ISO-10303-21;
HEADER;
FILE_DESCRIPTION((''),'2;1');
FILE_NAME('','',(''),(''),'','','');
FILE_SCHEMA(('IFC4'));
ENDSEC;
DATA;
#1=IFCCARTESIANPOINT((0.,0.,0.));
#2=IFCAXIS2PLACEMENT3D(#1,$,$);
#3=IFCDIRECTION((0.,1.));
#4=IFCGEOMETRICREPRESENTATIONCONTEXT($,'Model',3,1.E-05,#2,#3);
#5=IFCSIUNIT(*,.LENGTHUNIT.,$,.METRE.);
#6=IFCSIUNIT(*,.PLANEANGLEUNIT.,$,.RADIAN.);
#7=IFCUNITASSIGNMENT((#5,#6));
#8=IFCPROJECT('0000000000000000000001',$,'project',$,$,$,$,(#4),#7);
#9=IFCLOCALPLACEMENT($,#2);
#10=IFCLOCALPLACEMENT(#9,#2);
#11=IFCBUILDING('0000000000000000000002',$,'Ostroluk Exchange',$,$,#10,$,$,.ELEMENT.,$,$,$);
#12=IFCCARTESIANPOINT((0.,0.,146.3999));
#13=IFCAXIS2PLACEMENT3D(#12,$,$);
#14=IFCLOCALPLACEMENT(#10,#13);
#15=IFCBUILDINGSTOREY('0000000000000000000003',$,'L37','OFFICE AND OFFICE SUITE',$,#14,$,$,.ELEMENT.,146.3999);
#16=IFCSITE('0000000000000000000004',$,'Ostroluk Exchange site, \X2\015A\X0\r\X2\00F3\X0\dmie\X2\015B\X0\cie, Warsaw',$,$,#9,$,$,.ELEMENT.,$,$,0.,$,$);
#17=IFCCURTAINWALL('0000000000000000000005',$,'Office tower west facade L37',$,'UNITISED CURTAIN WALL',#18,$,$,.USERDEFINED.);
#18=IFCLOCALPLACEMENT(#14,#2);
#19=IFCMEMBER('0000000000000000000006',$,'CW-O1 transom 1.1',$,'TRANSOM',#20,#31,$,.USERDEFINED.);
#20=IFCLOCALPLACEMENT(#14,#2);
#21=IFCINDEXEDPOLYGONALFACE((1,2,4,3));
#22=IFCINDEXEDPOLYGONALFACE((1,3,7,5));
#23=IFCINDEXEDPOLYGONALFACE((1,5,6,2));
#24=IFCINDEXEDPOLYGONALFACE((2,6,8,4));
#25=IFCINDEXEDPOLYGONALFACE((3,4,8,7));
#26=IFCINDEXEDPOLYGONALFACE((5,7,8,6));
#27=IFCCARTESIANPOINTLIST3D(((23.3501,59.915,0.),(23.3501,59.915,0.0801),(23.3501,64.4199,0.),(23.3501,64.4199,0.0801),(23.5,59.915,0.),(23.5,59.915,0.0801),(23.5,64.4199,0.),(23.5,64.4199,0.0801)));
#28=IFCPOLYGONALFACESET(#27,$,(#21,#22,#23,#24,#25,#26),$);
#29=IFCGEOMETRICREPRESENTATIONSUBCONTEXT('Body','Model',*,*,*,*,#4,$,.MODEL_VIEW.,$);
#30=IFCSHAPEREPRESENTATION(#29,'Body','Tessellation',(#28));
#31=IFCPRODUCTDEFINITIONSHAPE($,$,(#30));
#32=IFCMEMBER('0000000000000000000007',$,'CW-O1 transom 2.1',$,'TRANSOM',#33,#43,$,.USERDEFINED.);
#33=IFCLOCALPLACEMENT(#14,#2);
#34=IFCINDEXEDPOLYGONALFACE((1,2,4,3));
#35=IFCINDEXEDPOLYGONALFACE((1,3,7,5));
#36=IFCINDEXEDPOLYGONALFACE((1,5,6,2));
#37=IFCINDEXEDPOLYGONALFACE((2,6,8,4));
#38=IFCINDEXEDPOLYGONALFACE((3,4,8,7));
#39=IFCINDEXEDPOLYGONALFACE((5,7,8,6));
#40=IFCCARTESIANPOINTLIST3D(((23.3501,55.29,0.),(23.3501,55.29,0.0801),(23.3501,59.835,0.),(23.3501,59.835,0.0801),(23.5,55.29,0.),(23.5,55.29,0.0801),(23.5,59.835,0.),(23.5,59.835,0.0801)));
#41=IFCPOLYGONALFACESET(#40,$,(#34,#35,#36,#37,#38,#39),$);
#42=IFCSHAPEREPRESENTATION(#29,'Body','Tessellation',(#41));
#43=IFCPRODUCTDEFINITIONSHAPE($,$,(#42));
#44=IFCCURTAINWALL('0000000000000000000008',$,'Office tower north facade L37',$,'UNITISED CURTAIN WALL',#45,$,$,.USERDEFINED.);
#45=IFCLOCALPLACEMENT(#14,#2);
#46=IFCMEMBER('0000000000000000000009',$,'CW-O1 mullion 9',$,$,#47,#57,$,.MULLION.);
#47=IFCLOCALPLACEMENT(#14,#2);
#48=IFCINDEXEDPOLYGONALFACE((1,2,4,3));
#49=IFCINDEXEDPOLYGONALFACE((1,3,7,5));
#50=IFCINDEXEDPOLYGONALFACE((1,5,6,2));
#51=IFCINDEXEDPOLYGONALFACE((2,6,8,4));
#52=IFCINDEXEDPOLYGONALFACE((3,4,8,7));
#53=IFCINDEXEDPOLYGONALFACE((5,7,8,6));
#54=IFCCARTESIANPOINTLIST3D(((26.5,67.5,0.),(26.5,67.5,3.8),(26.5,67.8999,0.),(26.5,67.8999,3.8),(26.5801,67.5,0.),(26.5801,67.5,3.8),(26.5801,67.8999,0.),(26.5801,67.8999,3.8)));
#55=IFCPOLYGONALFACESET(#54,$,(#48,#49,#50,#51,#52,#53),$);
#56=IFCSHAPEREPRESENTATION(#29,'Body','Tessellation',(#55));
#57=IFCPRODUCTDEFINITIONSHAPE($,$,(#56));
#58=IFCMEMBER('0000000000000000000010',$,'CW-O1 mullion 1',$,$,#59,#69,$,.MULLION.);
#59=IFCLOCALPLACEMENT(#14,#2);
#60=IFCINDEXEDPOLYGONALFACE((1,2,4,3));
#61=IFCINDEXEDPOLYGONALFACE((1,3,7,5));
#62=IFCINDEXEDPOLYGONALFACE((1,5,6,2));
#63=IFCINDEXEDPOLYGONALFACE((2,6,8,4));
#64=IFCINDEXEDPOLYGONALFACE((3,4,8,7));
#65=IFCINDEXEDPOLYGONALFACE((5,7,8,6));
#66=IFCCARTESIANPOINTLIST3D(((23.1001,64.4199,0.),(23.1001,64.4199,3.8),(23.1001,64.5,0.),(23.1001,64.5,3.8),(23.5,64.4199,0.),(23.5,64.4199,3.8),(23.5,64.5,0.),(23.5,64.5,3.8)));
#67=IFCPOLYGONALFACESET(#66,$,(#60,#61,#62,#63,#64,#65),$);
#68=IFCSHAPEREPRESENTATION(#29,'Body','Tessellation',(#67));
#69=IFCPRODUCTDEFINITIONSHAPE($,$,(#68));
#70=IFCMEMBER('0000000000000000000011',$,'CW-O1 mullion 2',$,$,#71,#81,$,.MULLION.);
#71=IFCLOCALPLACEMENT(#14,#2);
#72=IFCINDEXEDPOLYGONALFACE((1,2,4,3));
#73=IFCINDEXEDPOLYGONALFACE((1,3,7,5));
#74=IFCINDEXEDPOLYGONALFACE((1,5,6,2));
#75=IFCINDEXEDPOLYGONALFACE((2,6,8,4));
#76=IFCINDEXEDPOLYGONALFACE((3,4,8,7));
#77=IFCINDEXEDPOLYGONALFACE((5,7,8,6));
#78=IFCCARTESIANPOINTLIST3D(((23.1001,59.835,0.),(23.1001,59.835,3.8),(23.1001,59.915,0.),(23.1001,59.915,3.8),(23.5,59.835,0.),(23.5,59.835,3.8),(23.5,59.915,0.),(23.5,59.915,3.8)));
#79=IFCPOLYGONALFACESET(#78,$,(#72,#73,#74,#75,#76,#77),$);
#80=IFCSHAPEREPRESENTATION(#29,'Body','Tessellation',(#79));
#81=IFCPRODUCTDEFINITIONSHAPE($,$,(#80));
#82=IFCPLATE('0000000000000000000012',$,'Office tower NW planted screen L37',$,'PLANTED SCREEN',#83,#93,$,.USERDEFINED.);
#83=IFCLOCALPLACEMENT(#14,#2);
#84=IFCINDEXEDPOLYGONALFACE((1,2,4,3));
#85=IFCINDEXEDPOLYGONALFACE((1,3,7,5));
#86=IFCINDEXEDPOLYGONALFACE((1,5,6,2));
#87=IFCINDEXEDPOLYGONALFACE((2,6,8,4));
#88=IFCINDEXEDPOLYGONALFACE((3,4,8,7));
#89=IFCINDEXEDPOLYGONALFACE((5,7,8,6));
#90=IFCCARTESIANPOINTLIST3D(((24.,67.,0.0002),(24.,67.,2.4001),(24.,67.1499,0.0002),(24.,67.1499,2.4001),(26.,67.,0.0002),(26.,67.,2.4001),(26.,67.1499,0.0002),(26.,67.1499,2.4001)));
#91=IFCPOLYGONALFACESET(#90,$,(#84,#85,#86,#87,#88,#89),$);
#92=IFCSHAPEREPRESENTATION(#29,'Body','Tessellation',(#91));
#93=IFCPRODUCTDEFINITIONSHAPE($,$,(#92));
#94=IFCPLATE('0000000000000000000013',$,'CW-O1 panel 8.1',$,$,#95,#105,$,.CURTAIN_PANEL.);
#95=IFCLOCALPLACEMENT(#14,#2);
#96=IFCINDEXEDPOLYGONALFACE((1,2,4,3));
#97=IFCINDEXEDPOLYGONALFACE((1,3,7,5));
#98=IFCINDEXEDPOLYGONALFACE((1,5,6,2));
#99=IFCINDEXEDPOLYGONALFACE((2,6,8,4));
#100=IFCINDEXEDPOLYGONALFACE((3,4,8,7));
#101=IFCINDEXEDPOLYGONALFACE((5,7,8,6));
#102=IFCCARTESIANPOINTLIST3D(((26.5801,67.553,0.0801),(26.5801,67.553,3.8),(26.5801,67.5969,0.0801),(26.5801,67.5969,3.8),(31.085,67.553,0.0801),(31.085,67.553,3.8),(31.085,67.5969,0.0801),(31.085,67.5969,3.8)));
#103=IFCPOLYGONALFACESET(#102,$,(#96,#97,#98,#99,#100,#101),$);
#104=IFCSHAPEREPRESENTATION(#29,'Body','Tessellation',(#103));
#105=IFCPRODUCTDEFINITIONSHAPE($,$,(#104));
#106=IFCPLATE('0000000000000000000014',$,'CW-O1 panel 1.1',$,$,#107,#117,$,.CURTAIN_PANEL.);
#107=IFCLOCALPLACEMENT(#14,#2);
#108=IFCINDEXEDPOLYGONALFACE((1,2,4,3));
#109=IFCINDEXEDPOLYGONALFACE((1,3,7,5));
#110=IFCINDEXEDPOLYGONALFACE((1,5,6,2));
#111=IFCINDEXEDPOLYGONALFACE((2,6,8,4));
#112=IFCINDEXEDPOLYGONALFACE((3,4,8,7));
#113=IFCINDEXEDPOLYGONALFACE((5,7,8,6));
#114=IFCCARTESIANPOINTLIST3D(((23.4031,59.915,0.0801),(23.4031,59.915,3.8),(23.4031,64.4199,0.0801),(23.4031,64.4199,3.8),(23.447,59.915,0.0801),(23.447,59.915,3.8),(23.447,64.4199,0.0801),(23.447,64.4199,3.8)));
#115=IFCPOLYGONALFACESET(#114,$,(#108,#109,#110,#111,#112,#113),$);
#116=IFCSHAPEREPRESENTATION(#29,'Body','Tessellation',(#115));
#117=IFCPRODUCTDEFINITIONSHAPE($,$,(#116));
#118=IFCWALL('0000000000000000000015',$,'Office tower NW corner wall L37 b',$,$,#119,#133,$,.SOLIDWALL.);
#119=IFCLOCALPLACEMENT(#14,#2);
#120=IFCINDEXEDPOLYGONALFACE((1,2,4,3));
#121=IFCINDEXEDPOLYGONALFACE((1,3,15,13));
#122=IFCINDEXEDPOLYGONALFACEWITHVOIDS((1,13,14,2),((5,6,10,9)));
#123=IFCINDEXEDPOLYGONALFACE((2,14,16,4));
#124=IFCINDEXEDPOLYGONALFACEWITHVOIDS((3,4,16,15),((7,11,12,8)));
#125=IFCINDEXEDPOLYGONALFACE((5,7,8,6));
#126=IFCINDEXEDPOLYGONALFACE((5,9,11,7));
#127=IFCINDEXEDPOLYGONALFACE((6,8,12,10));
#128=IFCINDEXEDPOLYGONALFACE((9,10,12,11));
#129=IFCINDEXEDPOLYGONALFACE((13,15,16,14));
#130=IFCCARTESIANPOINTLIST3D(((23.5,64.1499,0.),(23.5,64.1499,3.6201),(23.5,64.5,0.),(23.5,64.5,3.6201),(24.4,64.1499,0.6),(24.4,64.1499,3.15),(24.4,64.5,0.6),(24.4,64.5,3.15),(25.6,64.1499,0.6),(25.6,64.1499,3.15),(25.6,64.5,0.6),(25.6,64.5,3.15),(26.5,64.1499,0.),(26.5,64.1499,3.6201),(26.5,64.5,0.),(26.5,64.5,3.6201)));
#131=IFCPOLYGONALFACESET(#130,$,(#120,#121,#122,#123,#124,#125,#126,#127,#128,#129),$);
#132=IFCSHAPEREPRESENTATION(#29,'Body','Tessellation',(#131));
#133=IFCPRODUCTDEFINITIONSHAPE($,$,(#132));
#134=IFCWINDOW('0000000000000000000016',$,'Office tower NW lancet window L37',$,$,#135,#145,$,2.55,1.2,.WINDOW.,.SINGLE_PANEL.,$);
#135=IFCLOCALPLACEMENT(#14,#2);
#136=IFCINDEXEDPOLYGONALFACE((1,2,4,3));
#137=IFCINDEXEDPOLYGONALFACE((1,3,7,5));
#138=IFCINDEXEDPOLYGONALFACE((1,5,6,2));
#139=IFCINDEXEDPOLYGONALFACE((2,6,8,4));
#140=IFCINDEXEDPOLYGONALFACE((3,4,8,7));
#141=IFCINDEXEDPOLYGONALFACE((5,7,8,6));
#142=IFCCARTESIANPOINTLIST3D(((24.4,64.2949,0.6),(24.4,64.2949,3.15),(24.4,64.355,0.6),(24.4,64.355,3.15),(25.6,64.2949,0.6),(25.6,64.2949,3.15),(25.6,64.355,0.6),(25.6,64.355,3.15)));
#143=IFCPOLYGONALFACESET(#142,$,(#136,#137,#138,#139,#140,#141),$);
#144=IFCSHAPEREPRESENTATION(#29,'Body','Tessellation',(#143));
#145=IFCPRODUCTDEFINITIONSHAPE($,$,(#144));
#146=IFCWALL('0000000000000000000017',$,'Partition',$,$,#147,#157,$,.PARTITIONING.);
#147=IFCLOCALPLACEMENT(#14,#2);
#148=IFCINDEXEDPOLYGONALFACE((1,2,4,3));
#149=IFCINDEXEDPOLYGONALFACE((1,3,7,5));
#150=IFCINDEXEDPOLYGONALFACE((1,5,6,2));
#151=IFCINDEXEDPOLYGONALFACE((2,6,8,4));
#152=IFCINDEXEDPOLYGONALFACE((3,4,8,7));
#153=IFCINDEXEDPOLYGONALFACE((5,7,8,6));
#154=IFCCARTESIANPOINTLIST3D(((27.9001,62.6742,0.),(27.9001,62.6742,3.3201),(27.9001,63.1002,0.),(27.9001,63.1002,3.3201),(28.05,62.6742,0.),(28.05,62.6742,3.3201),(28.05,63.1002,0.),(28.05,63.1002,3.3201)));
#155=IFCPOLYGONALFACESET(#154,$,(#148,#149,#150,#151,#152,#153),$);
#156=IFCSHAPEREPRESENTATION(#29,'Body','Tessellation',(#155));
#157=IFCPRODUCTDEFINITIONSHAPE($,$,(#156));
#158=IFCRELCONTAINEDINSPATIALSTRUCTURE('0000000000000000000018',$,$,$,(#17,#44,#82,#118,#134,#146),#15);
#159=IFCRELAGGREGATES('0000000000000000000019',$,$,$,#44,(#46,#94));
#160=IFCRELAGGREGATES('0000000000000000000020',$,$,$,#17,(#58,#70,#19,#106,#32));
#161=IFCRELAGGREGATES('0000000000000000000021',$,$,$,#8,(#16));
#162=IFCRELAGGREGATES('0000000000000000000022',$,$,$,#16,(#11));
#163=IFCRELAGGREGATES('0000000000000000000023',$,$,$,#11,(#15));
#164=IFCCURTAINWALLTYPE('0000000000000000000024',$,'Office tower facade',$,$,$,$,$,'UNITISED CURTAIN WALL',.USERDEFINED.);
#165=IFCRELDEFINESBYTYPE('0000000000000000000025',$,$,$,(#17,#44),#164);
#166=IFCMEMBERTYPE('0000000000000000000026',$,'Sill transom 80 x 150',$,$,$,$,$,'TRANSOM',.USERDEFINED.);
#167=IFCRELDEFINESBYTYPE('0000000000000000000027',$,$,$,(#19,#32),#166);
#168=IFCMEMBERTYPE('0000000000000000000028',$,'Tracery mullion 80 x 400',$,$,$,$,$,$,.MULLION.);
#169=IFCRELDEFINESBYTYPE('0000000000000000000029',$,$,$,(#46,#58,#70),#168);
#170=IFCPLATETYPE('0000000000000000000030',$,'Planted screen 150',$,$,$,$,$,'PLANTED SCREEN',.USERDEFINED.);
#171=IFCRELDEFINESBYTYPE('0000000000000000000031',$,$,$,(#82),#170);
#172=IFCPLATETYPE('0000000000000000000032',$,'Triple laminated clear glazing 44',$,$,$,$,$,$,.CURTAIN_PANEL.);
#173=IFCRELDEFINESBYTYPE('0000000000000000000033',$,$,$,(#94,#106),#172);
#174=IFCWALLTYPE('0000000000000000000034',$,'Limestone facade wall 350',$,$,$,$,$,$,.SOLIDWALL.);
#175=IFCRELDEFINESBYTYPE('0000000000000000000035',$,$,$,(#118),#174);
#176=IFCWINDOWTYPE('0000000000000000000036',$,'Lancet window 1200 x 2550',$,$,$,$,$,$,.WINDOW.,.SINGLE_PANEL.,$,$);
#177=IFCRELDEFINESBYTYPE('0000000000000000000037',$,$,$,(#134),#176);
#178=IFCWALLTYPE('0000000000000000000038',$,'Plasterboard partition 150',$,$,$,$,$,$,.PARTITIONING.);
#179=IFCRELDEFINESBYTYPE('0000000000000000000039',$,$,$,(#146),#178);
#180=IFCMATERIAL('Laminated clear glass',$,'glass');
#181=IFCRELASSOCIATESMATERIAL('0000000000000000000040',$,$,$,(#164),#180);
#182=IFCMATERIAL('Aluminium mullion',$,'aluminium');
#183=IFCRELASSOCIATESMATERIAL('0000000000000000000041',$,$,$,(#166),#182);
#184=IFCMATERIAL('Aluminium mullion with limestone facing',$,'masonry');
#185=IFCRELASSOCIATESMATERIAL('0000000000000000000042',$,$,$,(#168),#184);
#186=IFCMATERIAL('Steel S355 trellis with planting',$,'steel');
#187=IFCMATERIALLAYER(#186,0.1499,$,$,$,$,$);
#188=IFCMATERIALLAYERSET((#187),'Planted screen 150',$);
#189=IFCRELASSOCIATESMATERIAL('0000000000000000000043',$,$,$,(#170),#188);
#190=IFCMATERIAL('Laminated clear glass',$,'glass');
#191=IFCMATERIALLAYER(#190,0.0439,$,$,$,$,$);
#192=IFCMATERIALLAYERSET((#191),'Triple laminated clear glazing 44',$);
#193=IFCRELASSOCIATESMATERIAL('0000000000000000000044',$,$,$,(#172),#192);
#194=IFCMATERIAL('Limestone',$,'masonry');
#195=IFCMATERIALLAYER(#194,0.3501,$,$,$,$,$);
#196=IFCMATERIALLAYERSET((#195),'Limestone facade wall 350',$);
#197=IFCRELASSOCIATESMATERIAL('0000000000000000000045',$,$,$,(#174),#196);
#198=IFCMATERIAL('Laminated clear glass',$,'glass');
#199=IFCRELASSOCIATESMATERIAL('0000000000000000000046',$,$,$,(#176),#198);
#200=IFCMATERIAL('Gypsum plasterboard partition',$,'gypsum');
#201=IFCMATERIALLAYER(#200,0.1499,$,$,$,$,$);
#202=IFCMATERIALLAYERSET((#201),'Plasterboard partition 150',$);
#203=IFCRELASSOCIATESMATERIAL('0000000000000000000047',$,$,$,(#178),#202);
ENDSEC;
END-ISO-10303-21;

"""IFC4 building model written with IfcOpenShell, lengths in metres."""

from ifc_helpers import new_model, si_unit, direction, frame, frame_2d, origin, origin_2d, place, context, subcontext, project, spatial, rectangle, extrude, material, layer, layer_set, material_profile, profile_set, type_object, element, fill, aggregate, save


model = new_model("IFC4")

# Units and contexts
model_context = context("Model", 3, precision=1e-05, world=origin(), true_north=direction((0.0, 1.0)))
body_context = subcontext(model_context, "Body", "Model", "MODEL_VIEW")
ifc_project = project(units=[si_unit("LENGTHUNIT", "METRE"), si_unit("PLANEANGLEUNIT", "RADIAN")], contexts=[model_context])

# Site, building, storey
site_placement = place(None, origin())
site = spatial("IfcSite", under=ifc_project, at=site_placement, Name="Ostroluk Exchange site, Śródmieście, Warsaw", CompositionType="ELEMENT", RefElevation=0.0)
building_placement = place(site_placement, origin())
building = spatial("IfcBuilding", under=site, at=building_placement, Name="Ostroluk Exchange", CompositionType="ELEMENT")
storey_placement = place(building_placement, frame((0.0, 0.0, 146.3999)))
storey = spatial("IfcBuildingStorey", under=building, at=storey_placement, Name="L37", Description="OFFICE AND OFFICE SUITE", CompositionType="ELEMENT", Elevation=146.3999)

# Curtain wall, members
ifc_material_1 = material(Name="Laminated clear glass", Category="glass")
curtain_wall_type = type_object("IfcCurtainWallType", Name="Office tower facade", ElementType="UNITISED CURTAIN WALL", PredefinedType="USERDEFINED", material=ifc_material_1)
curtain_wall_1_placement = place(storey_placement, origin())
curtain_wall_1 = element("IfcCurtainWall", 1, at=curtain_wall_1_placement, inside=storey, type_object=curtain_wall_type, Name="Office tower west facade L37", ObjectType="UNITISED CURTAIN WALL", PredefinedType="USERDEFINED")
ifc_material_2 = material(Name="Aluminium mullion", Category="aluminium")
ifc_material_profile_1 = material_profile(ifc_material_2, rectangle(XDim=0.1499, YDim=0.0801, at=origin_2d()), Name="Sill transom 80 x 150")
ifc_profile_set_1 = profile_set([ifc_material_profile_1], Name="Aluminium mullion")
member_type_1 = type_object("IfcMemberType", Name="Sill transom 80 x 150", ElementType="TRANSOM", PredefinedType="USERDEFINED", material=ifc_profile_set_1)
member_1_placement = place(storey_placement, frame((23.425, 64.4199, 0.04), z_axis=(0.0, -1.0, 0.0), x_axis=(1.0, 0.0, 0.0)))
member_1 = element("IfcMember", 2, at=member_1_placement, type_object=member_type_1, Name="CW-O1 transom 1.1", ObjectType="TRANSOM", PredefinedType="USERDEFINED", context=body_context, shape_type="SweptSolid", body=[
    extrude(rectangle(XDim=0.1499, YDim=0.0801, at=origin_2d()), origin(), (0.0, 0.0, 1.0), 4.5049),
])
member_2_placement = place(storey_placement, frame((23.425, 59.835, 0.04), z_axis=(0.0, -1.0, 0.0), x_axis=(1.0, 0.0, 0.0)))
member_2 = element("IfcMember", 3, at=member_2_placement, type_object=member_type_1, Name="CW-O1 transom 2.1", ObjectType="TRANSOM", PredefinedType="USERDEFINED", context=body_context, shape_type="SweptSolid", body=[
    extrude(rectangle(XDim=0.1499, YDim=0.0801, at=origin_2d()), origin(), (0.0, 0.0, 1.0), 4.5449),
])

# Curtain wall, member
curtain_wall_2_placement = place(storey_placement, origin())
curtain_wall_2 = element("IfcCurtainWall", 4, at=curtain_wall_2_placement, inside=storey, type_object=curtain_wall_type, Name="Office tower north facade L37", ObjectType="UNITISED CURTAIN WALL", PredefinedType="USERDEFINED")
ifc_material_3 = material(Name="Aluminium mullion with limestone facing", Category="masonry")
ifc_material_profile_2 = material_profile(ifc_material_3, rectangle(XDim=0.3999, YDim=0.0801, at=origin_2d()), Name="Tracery mullion 80 x 400")
ifc_profile_set_2 = profile_set([ifc_material_profile_2], Name="Aluminium mullion with limestone facing")
member_type_2 = type_object("IfcMemberType", Name="Tracery mullion 80 x 400", PredefinedType="MULLION", material=ifc_profile_set_2)
member_3_placement = place(storey_placement, frame((26.54, 67.7, 0.0), z_axis=(0.0, 0.0, 1.0), x_axis=(0.0, -1.0, 0.0)))
member_3 = element("IfcMember", 5, at=member_3_placement, type_object=member_type_2, Name="CW-O1 mullion 9", PredefinedType="MULLION", context=body_context, shape_type="SweptSolid", body=[
    extrude(rectangle(XDim=0.3999, YDim=0.0801, at=origin_2d()), origin(), (0.0, 0.0, 1.0), 3.8),
])

# Members
member_4_placement = place(storey_placement, frame((23.3, 64.46, 0.0), z_axis=(0.0, 0.0, 1.0), x_axis=(1.0, 0.0, 0.0)))
member_4 = element("IfcMember", 6, at=member_4_placement, type_object=member_type_2, Name="CW-O1 mullion 1", PredefinedType="MULLION", context=body_context, shape_type="SweptSolid", body=[
    extrude(rectangle(XDim=0.3999, YDim=0.0801, at=origin_2d()), origin(), (0.0, 0.0, 1.0), 3.8),
])
member_5_placement = place(storey_placement, frame((23.3, 59.875, 0.0), z_axis=(0.0, 0.0, 1.0), x_axis=(1.0, 0.0, 0.0)))
member_5 = element("IfcMember", 7, at=member_5_placement, type_object=member_type_2, Name="CW-O1 mullion 2", PredefinedType="MULLION", context=body_context, shape_type="SweptSolid", body=[
    extrude(rectangle(XDim=0.3999, YDim=0.0801, at=origin_2d()), origin(), (0.0, 0.0, 1.0), 3.8),
])

# Plates
ifc_material_4 = material(Name="Steel S355 trellis with planting", Category="steel")
ifc_layer_1 = layer(ifc_material_4, 0.1499)
ifc_layer_set_1 = layer_set([ifc_layer_1], Name="Planted screen 150")
plate_type_1 = type_object("IfcPlateType", Name="Planted screen 150", ElementType="PLANTED SCREEN", PredefinedType="USERDEFINED", material=ifc_layer_set_1)
plate_1_placement = place(storey_placement, frame((25.0, 67.075, 0.0002), z_axis=(0.0, 0.0, 1.0), x_axis=(1.0, 0.0, 0.0)))
element("IfcPlate", 8, at=plate_1_placement, inside=storey, type_object=plate_type_1, Name="Office tower NW planted screen L37", ObjectType="PLANTED SCREEN", PredefinedType="USERDEFINED", context=body_context, shape_type="SweptSolid", body=[
    extrude(rectangle(XDim=2.0, YDim=0.1499, at=origin_2d()), origin(), (0.0, 0.0, 1.0), 2.3999),
])
ifc_material_5 = material(Name="Laminated clear glass", Category="glass")
ifc_layer_2 = layer(ifc_material_5, 0.0439)
ifc_layer_set_2 = layer_set([ifc_layer_2], Name="Triple laminated clear glazing 44")
plate_type_2 = type_object("IfcPlateType", Name="Triple laminated clear glazing 44", PredefinedType="CURTAIN_PANEL", material=ifc_layer_set_2)
plate_2_placement = place(storey_placement, frame((28.8325, 67.575, 0.0801), z_axis=(0.0, 0.0, 1.0), x_axis=(-1.0, 0.0, 0.0)))
plate_2 = element("IfcPlate", 9, at=plate_2_placement, type_object=plate_type_2, Name="CW-O1 panel 8.1", PredefinedType="CURTAIN_PANEL", context=body_context, shape_type="SweptSolid", body=[
    extrude(rectangle(XDim=4.5049, YDim=0.0439, at=origin_2d()), origin(), (0.0, 0.0, 1.0), 3.72),
])
aggregate(curtain_wall_2, [member_3, plate_2])
plate_3_placement = place(storey_placement, frame((23.425, 62.1675, 0.0801), z_axis=(0.0, 0.0, 1.0), x_axis=(0.0, -1.0, 0.0)))
plate_3 = element("IfcPlate", 10, at=plate_3_placement, type_object=plate_type_2, Name="CW-O1 panel 1.1", PredefinedType="CURTAIN_PANEL", context=body_context, shape_type="SweptSolid", body=[
    extrude(rectangle(XDim=4.5049, YDim=0.0439, at=origin_2d()), origin(), (0.0, 0.0, 1.0), 3.72),
])
aggregate(curtain_wall_1, [member_4, member_5, member_1, plate_3, member_2])

# Shared definitions
ifc_material_6 = material(Name="Limestone", Category="masonry")
ifc_layer_3 = layer(ifc_material_6, 0.3501)
ifc_layer_set_3 = layer_set([ifc_layer_3], Name="Limestone facade wall 350")
wall_type_1 = type_object("IfcWallType", Name="Limestone facade wall 350", PredefinedType="SOLIDWALL", material=ifc_layer_set_3)

# Wall, opening, window
wall_1_placement = place(storey_placement, frame((26.5, 64.325, 0.0), z_axis=(0.0, 0.0, 1.0), x_axis=(-1.0, 0.0, 0.0)))
wall_1 = element("IfcWall", 11, at=wall_1_placement, inside=storey, type_object=wall_type_1, Name="Office tower NW corner wall L37 b", PredefinedType="SOLIDWALL", context=body_context, shape_type="SweptSolid", body=[
    extrude(rectangle(XDim=3.0, YDim=0.3501, at=frame_2d((1.5, 0.0))), origin(), (0.0, 0.0, 1.0), 3.6201),
])
opening_1_placement = place(wall_1_placement, frame((0.8999, 0.0, 0.6001)))
opening_1 = element("IfcOpeningElement", 12, at=opening_1_placement, cuts=wall_1, PredefinedType="OPENING", context=body_context, shape_type="SweptSolid", body=[
    extrude(rectangle(XDim=1.2, YDim=2.55, at=frame_2d((0.6001, 1.2749))), frame((0.0, 0.1851, 0.0), z_axis=(0.0, -1.0, 0.0), x_axis=(1.0, 0.0, 0.0)), (0.0, 0.0, 1.0), 0.3701),
])
ifc_material_7 = material(Name="Laminated clear glass", Category="glass")
window_type = type_object("IfcWindowType", Name="Lancet window 1200 x 2550", PartitioningType="SINGLE_PANEL", PredefinedType="WINDOW", material=ifc_material_7)
window_placement = place(opening_1_placement, origin())
window = element("IfcWindow", 13, at=window_placement, inside=storey, type_object=window_type, Name="Office tower NW lancet window L37", OverallHeight=2.55, OverallWidth=1.2, PartitioningType="SINGLE_PANEL", PredefinedType="WINDOW", context=body_context, shape_type="SweptSolid", body=[
    extrude(rectangle(XDim=1.2, YDim=2.55, at=frame_2d((0.6001, 1.2749))), frame((0.0, 0.03, 0.0), z_axis=(0.0, -1.0, 0.0), x_axis=(1.0, 0.0, 0.0)), (0.0, 0.0, 1.0), 0.0601),
])
fill(opening_1, window)

# Wall
ifc_material_8 = material(Name="Gypsum plasterboard partition", Category="gypsum")
ifc_layer_4 = layer(ifc_material_8, 0.1499)
ifc_layer_set_4 = layer_set([ifc_layer_4], Name="Plasterboard partition 150")
wall_type_2 = type_object("IfcWallType", Name="Plasterboard partition 150", PredefinedType="PARTITIONING", material=ifc_layer_set_4)
wall_2_placement = place(storey_placement, frame((27.9751, 63.1001, 0.0), z_axis=(0.0, 0.0, 1.0), x_axis=(0.0, -1.0, 0.0)))
element("IfcWall", 14, at=wall_2_placement, inside=storey, type_object=wall_type_2, Name="Partition", PredefinedType="PARTITIONING", context=body_context, shape_type="SweptSolid", body=[
    extrude(rectangle(XDim=0.426, YDim=0.1499, at=frame_2d((0.2129, 0.0))), origin(), (0.0, 0.0, 1.0), 3.3201),
])

save(model, "model.ifc")
